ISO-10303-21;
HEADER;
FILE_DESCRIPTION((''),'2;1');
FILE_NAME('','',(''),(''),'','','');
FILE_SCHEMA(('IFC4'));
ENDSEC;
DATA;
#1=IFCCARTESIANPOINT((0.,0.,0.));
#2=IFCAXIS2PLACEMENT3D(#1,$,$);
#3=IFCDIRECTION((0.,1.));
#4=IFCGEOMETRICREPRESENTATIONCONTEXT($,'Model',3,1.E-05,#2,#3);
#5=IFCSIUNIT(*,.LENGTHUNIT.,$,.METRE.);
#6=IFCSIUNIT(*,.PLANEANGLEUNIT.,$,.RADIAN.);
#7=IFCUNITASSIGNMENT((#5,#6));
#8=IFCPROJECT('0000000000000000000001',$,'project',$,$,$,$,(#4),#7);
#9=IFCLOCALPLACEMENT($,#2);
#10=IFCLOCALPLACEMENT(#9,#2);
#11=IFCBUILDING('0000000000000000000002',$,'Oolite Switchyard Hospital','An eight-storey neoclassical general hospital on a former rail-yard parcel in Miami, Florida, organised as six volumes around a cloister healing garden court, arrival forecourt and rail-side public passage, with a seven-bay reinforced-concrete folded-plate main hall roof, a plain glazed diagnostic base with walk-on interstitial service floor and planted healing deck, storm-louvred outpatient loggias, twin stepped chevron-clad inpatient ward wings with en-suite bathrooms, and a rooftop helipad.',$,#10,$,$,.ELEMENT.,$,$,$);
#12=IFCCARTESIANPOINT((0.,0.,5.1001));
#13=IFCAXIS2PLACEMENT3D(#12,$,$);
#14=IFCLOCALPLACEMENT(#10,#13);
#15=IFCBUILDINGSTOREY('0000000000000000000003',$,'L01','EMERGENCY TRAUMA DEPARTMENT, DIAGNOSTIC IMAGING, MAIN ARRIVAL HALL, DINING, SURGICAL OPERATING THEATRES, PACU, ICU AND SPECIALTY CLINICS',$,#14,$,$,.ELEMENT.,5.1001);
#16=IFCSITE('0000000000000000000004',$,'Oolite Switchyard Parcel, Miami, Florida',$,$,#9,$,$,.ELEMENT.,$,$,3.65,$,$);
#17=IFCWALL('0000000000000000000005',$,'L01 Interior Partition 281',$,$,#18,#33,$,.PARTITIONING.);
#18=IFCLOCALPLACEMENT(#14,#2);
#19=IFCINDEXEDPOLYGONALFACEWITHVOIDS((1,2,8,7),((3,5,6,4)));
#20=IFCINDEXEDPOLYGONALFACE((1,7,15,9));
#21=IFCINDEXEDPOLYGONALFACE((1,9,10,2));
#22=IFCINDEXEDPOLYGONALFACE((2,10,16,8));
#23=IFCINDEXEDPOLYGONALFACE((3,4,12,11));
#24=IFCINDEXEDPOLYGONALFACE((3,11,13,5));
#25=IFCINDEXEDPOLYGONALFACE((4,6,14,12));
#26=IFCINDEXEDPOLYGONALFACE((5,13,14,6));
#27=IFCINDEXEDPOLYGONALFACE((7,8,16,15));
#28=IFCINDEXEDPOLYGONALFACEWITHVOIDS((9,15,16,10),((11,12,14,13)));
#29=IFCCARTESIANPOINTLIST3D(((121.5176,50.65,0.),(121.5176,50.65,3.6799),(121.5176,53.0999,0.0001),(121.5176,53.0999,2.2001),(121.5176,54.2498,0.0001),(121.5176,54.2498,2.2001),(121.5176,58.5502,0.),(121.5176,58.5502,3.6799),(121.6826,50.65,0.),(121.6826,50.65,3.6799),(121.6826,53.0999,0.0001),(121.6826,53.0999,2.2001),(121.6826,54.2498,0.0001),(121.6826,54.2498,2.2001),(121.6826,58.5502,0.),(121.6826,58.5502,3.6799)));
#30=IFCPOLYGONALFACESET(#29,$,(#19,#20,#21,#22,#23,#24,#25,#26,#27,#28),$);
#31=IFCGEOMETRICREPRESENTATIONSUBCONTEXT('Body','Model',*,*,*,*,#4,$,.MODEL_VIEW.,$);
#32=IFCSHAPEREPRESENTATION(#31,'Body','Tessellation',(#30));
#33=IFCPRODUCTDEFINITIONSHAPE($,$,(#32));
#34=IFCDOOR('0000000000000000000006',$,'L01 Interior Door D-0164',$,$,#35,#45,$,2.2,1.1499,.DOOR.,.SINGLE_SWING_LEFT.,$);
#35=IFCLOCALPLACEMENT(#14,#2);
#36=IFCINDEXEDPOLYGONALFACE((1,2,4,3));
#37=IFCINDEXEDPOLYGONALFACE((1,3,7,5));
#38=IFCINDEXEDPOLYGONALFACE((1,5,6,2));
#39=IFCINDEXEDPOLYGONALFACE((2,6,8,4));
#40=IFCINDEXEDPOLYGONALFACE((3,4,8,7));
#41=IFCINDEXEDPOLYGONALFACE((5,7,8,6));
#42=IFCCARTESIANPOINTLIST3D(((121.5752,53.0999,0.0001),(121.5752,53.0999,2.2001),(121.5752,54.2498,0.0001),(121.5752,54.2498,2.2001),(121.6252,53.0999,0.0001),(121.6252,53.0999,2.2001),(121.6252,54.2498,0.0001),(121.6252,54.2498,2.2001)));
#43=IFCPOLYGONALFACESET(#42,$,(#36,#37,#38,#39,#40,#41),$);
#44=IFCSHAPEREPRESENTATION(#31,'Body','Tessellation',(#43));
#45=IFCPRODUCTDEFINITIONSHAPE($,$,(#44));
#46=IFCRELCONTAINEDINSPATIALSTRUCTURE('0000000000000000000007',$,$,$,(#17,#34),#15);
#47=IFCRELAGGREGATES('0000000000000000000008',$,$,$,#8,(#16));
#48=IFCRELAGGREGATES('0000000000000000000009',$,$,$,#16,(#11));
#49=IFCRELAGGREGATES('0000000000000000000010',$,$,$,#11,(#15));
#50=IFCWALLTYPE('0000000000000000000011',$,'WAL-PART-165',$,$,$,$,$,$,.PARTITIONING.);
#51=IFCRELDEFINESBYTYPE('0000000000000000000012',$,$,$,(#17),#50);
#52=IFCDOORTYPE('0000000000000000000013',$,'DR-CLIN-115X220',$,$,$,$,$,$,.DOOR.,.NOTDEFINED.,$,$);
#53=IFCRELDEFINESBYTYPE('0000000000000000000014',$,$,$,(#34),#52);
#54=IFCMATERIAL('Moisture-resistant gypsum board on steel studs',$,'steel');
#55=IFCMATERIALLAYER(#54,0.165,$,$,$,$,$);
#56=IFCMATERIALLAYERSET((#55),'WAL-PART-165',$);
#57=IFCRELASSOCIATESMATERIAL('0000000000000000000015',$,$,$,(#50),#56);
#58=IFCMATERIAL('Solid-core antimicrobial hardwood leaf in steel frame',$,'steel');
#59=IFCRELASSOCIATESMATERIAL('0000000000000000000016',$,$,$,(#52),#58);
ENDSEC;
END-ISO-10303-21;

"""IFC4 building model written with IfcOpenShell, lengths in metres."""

from ifc_helpers import new_model, si_unit, direction, frame, frame_2d, origin, place, context, subcontext, project, spatial, rectangle, extrude, material, layer, layer_set, type_object, element, fill, save


model = new_model("IFC4")

# Units and contexts
model_context = context("Model", 3, precision=1e-05, world=origin(), true_north=direction((0.0, 1.0)))
body_context = subcontext(model_context, "Body", "Model", "MODEL_VIEW")
ifc_project = project(units=[si_unit("LENGTHUNIT", "METRE"), si_unit("PLANEANGLEUNIT", "RADIAN")], contexts=[model_context])

# Site, building, storey
site_placement = place(None, origin())
site = spatial("IfcSite", under=ifc_project, at=site_placement, Name="Oolite Switchyard Parcel, Miami, Florida", CompositionType="ELEMENT", RefElevation=3.65)
building_placement = place(site_placement, origin())
building = spatial("IfcBuilding", under=site, at=building_placement, Name="Oolite Switchyard Hospital", Description="An eight-storey neoclassical general hospital on a former rail-yard parcel in Miami, Florida, organised as six volumes around a cloister healing garden court, arrival forecourt and rail-side public passage, with a seven-bay reinforced-concrete folded-plate main hall roof, a plain glazed diagnostic base with walk-on interstitial service floor and planted healing deck, storm-louvred outpatient loggias, twin stepped chevron-clad inpatient ward wings with en-suite bathrooms, and a rooftop helipad.", CompositionType="ELEMENT")
storey_placement = place(building_placement, frame((0.0, 0.0, 5.1001)))
storey = spatial("IfcBuildingStorey", under=building, at=storey_placement, Name="L01", Description="EMERGENCY TRAUMA DEPARTMENT, DIAGNOSTIC IMAGING, MAIN ARRIVAL HALL, DINING, SURGICAL OPERATING THEATRES, PACU, ICU AND SPECIALTY CLINICS", CompositionType="ELEMENT", Elevation=5.1001)

# Shared definitions
ifc_material_1 = material(Name="Moisture-resistant gypsum board on steel studs", Category="steel")

# Wall, opening, door
ifc_layer_1 = layer(ifc_material_1, 0.165)
ifc_layer_set_1 = layer_set([ifc_layer_1], Name="WAL-PART-165")
wall_type_1 = type_object("IfcWallType", Name="WAL-PART-165", PredefinedType="PARTITIONING", material=ifc_layer_set_1)
wall_1_placement = place(storey_placement, frame((121.6001, 50.6499, 0.0), z_axis=(0.0, 0.0, 1.0), x_axis=(0.0, 1.0, 0.0)))
wall_1 = element("IfcWall", 1, at=wall_1_placement, inside=storey, type_object=wall_type_1, Name="L01 Interior Partition 281", PredefinedType="PARTITIONING", context=body_context, shape_type="SweptSolid", body=[
    extrude(rectangle(XDim=7.9001, YDim=0.165, at=frame_2d((3.9502, 0.0))), origin(), (0.0, 0.0, 1.0), 3.6799),
])
opening_placement = place(wall_1_placement, frame((2.45, 0.0, 0.0)))
opening = element("IfcOpeningElement", 2, at=opening_placement, cuts=wall_1, PredefinedType="OPENING", context=body_context, shape_type="SweptSolid", body=[
    extrude(rectangle(XDim=1.1499, YDim=2.2, at=frame_2d((0.575, 1.1001))), frame((0.0, 0.0925, 0.0), z_axis=(0.0, -1.0, 0.0), x_axis=(1.0, 0.0, 0.0)), (0.0, 0.0, 1.0), 0.1851),
])
ifc_material_2 = material(Name="Solid-core antimicrobial hardwood leaf in steel frame", Category="steel")
door_type = type_object("IfcDoorType", Name="DR-CLIN-115X220", OperationType="NOTDEFINED", PredefinedType="DOOR", material=ifc_material_2)
door_placement = place(opening_placement, origin())
door = element("IfcDoor", 3, at=door_placement, inside=storey, type_object=door_type, Name="L01 Interior Door D-0164", OperationType="SINGLE_SWING_LEFT", OverallHeight=2.2, OverallWidth=1.1499, PredefinedType="DOOR", context=body_context, shape_type="SweptSolid", body=[
    extrude(rectangle(XDim=1.1499, YDim=2.2, at=frame_2d((0.575, 1.1001))), frame((0.0, 0.0249, 0.0), z_axis=(0.0, -1.0, 0.0), x_axis=(1.0, 0.0, 0.0)), (0.0, 0.0, 1.0), 0.05),
])
fill(opening, door)

save(model, "model.ifc")
